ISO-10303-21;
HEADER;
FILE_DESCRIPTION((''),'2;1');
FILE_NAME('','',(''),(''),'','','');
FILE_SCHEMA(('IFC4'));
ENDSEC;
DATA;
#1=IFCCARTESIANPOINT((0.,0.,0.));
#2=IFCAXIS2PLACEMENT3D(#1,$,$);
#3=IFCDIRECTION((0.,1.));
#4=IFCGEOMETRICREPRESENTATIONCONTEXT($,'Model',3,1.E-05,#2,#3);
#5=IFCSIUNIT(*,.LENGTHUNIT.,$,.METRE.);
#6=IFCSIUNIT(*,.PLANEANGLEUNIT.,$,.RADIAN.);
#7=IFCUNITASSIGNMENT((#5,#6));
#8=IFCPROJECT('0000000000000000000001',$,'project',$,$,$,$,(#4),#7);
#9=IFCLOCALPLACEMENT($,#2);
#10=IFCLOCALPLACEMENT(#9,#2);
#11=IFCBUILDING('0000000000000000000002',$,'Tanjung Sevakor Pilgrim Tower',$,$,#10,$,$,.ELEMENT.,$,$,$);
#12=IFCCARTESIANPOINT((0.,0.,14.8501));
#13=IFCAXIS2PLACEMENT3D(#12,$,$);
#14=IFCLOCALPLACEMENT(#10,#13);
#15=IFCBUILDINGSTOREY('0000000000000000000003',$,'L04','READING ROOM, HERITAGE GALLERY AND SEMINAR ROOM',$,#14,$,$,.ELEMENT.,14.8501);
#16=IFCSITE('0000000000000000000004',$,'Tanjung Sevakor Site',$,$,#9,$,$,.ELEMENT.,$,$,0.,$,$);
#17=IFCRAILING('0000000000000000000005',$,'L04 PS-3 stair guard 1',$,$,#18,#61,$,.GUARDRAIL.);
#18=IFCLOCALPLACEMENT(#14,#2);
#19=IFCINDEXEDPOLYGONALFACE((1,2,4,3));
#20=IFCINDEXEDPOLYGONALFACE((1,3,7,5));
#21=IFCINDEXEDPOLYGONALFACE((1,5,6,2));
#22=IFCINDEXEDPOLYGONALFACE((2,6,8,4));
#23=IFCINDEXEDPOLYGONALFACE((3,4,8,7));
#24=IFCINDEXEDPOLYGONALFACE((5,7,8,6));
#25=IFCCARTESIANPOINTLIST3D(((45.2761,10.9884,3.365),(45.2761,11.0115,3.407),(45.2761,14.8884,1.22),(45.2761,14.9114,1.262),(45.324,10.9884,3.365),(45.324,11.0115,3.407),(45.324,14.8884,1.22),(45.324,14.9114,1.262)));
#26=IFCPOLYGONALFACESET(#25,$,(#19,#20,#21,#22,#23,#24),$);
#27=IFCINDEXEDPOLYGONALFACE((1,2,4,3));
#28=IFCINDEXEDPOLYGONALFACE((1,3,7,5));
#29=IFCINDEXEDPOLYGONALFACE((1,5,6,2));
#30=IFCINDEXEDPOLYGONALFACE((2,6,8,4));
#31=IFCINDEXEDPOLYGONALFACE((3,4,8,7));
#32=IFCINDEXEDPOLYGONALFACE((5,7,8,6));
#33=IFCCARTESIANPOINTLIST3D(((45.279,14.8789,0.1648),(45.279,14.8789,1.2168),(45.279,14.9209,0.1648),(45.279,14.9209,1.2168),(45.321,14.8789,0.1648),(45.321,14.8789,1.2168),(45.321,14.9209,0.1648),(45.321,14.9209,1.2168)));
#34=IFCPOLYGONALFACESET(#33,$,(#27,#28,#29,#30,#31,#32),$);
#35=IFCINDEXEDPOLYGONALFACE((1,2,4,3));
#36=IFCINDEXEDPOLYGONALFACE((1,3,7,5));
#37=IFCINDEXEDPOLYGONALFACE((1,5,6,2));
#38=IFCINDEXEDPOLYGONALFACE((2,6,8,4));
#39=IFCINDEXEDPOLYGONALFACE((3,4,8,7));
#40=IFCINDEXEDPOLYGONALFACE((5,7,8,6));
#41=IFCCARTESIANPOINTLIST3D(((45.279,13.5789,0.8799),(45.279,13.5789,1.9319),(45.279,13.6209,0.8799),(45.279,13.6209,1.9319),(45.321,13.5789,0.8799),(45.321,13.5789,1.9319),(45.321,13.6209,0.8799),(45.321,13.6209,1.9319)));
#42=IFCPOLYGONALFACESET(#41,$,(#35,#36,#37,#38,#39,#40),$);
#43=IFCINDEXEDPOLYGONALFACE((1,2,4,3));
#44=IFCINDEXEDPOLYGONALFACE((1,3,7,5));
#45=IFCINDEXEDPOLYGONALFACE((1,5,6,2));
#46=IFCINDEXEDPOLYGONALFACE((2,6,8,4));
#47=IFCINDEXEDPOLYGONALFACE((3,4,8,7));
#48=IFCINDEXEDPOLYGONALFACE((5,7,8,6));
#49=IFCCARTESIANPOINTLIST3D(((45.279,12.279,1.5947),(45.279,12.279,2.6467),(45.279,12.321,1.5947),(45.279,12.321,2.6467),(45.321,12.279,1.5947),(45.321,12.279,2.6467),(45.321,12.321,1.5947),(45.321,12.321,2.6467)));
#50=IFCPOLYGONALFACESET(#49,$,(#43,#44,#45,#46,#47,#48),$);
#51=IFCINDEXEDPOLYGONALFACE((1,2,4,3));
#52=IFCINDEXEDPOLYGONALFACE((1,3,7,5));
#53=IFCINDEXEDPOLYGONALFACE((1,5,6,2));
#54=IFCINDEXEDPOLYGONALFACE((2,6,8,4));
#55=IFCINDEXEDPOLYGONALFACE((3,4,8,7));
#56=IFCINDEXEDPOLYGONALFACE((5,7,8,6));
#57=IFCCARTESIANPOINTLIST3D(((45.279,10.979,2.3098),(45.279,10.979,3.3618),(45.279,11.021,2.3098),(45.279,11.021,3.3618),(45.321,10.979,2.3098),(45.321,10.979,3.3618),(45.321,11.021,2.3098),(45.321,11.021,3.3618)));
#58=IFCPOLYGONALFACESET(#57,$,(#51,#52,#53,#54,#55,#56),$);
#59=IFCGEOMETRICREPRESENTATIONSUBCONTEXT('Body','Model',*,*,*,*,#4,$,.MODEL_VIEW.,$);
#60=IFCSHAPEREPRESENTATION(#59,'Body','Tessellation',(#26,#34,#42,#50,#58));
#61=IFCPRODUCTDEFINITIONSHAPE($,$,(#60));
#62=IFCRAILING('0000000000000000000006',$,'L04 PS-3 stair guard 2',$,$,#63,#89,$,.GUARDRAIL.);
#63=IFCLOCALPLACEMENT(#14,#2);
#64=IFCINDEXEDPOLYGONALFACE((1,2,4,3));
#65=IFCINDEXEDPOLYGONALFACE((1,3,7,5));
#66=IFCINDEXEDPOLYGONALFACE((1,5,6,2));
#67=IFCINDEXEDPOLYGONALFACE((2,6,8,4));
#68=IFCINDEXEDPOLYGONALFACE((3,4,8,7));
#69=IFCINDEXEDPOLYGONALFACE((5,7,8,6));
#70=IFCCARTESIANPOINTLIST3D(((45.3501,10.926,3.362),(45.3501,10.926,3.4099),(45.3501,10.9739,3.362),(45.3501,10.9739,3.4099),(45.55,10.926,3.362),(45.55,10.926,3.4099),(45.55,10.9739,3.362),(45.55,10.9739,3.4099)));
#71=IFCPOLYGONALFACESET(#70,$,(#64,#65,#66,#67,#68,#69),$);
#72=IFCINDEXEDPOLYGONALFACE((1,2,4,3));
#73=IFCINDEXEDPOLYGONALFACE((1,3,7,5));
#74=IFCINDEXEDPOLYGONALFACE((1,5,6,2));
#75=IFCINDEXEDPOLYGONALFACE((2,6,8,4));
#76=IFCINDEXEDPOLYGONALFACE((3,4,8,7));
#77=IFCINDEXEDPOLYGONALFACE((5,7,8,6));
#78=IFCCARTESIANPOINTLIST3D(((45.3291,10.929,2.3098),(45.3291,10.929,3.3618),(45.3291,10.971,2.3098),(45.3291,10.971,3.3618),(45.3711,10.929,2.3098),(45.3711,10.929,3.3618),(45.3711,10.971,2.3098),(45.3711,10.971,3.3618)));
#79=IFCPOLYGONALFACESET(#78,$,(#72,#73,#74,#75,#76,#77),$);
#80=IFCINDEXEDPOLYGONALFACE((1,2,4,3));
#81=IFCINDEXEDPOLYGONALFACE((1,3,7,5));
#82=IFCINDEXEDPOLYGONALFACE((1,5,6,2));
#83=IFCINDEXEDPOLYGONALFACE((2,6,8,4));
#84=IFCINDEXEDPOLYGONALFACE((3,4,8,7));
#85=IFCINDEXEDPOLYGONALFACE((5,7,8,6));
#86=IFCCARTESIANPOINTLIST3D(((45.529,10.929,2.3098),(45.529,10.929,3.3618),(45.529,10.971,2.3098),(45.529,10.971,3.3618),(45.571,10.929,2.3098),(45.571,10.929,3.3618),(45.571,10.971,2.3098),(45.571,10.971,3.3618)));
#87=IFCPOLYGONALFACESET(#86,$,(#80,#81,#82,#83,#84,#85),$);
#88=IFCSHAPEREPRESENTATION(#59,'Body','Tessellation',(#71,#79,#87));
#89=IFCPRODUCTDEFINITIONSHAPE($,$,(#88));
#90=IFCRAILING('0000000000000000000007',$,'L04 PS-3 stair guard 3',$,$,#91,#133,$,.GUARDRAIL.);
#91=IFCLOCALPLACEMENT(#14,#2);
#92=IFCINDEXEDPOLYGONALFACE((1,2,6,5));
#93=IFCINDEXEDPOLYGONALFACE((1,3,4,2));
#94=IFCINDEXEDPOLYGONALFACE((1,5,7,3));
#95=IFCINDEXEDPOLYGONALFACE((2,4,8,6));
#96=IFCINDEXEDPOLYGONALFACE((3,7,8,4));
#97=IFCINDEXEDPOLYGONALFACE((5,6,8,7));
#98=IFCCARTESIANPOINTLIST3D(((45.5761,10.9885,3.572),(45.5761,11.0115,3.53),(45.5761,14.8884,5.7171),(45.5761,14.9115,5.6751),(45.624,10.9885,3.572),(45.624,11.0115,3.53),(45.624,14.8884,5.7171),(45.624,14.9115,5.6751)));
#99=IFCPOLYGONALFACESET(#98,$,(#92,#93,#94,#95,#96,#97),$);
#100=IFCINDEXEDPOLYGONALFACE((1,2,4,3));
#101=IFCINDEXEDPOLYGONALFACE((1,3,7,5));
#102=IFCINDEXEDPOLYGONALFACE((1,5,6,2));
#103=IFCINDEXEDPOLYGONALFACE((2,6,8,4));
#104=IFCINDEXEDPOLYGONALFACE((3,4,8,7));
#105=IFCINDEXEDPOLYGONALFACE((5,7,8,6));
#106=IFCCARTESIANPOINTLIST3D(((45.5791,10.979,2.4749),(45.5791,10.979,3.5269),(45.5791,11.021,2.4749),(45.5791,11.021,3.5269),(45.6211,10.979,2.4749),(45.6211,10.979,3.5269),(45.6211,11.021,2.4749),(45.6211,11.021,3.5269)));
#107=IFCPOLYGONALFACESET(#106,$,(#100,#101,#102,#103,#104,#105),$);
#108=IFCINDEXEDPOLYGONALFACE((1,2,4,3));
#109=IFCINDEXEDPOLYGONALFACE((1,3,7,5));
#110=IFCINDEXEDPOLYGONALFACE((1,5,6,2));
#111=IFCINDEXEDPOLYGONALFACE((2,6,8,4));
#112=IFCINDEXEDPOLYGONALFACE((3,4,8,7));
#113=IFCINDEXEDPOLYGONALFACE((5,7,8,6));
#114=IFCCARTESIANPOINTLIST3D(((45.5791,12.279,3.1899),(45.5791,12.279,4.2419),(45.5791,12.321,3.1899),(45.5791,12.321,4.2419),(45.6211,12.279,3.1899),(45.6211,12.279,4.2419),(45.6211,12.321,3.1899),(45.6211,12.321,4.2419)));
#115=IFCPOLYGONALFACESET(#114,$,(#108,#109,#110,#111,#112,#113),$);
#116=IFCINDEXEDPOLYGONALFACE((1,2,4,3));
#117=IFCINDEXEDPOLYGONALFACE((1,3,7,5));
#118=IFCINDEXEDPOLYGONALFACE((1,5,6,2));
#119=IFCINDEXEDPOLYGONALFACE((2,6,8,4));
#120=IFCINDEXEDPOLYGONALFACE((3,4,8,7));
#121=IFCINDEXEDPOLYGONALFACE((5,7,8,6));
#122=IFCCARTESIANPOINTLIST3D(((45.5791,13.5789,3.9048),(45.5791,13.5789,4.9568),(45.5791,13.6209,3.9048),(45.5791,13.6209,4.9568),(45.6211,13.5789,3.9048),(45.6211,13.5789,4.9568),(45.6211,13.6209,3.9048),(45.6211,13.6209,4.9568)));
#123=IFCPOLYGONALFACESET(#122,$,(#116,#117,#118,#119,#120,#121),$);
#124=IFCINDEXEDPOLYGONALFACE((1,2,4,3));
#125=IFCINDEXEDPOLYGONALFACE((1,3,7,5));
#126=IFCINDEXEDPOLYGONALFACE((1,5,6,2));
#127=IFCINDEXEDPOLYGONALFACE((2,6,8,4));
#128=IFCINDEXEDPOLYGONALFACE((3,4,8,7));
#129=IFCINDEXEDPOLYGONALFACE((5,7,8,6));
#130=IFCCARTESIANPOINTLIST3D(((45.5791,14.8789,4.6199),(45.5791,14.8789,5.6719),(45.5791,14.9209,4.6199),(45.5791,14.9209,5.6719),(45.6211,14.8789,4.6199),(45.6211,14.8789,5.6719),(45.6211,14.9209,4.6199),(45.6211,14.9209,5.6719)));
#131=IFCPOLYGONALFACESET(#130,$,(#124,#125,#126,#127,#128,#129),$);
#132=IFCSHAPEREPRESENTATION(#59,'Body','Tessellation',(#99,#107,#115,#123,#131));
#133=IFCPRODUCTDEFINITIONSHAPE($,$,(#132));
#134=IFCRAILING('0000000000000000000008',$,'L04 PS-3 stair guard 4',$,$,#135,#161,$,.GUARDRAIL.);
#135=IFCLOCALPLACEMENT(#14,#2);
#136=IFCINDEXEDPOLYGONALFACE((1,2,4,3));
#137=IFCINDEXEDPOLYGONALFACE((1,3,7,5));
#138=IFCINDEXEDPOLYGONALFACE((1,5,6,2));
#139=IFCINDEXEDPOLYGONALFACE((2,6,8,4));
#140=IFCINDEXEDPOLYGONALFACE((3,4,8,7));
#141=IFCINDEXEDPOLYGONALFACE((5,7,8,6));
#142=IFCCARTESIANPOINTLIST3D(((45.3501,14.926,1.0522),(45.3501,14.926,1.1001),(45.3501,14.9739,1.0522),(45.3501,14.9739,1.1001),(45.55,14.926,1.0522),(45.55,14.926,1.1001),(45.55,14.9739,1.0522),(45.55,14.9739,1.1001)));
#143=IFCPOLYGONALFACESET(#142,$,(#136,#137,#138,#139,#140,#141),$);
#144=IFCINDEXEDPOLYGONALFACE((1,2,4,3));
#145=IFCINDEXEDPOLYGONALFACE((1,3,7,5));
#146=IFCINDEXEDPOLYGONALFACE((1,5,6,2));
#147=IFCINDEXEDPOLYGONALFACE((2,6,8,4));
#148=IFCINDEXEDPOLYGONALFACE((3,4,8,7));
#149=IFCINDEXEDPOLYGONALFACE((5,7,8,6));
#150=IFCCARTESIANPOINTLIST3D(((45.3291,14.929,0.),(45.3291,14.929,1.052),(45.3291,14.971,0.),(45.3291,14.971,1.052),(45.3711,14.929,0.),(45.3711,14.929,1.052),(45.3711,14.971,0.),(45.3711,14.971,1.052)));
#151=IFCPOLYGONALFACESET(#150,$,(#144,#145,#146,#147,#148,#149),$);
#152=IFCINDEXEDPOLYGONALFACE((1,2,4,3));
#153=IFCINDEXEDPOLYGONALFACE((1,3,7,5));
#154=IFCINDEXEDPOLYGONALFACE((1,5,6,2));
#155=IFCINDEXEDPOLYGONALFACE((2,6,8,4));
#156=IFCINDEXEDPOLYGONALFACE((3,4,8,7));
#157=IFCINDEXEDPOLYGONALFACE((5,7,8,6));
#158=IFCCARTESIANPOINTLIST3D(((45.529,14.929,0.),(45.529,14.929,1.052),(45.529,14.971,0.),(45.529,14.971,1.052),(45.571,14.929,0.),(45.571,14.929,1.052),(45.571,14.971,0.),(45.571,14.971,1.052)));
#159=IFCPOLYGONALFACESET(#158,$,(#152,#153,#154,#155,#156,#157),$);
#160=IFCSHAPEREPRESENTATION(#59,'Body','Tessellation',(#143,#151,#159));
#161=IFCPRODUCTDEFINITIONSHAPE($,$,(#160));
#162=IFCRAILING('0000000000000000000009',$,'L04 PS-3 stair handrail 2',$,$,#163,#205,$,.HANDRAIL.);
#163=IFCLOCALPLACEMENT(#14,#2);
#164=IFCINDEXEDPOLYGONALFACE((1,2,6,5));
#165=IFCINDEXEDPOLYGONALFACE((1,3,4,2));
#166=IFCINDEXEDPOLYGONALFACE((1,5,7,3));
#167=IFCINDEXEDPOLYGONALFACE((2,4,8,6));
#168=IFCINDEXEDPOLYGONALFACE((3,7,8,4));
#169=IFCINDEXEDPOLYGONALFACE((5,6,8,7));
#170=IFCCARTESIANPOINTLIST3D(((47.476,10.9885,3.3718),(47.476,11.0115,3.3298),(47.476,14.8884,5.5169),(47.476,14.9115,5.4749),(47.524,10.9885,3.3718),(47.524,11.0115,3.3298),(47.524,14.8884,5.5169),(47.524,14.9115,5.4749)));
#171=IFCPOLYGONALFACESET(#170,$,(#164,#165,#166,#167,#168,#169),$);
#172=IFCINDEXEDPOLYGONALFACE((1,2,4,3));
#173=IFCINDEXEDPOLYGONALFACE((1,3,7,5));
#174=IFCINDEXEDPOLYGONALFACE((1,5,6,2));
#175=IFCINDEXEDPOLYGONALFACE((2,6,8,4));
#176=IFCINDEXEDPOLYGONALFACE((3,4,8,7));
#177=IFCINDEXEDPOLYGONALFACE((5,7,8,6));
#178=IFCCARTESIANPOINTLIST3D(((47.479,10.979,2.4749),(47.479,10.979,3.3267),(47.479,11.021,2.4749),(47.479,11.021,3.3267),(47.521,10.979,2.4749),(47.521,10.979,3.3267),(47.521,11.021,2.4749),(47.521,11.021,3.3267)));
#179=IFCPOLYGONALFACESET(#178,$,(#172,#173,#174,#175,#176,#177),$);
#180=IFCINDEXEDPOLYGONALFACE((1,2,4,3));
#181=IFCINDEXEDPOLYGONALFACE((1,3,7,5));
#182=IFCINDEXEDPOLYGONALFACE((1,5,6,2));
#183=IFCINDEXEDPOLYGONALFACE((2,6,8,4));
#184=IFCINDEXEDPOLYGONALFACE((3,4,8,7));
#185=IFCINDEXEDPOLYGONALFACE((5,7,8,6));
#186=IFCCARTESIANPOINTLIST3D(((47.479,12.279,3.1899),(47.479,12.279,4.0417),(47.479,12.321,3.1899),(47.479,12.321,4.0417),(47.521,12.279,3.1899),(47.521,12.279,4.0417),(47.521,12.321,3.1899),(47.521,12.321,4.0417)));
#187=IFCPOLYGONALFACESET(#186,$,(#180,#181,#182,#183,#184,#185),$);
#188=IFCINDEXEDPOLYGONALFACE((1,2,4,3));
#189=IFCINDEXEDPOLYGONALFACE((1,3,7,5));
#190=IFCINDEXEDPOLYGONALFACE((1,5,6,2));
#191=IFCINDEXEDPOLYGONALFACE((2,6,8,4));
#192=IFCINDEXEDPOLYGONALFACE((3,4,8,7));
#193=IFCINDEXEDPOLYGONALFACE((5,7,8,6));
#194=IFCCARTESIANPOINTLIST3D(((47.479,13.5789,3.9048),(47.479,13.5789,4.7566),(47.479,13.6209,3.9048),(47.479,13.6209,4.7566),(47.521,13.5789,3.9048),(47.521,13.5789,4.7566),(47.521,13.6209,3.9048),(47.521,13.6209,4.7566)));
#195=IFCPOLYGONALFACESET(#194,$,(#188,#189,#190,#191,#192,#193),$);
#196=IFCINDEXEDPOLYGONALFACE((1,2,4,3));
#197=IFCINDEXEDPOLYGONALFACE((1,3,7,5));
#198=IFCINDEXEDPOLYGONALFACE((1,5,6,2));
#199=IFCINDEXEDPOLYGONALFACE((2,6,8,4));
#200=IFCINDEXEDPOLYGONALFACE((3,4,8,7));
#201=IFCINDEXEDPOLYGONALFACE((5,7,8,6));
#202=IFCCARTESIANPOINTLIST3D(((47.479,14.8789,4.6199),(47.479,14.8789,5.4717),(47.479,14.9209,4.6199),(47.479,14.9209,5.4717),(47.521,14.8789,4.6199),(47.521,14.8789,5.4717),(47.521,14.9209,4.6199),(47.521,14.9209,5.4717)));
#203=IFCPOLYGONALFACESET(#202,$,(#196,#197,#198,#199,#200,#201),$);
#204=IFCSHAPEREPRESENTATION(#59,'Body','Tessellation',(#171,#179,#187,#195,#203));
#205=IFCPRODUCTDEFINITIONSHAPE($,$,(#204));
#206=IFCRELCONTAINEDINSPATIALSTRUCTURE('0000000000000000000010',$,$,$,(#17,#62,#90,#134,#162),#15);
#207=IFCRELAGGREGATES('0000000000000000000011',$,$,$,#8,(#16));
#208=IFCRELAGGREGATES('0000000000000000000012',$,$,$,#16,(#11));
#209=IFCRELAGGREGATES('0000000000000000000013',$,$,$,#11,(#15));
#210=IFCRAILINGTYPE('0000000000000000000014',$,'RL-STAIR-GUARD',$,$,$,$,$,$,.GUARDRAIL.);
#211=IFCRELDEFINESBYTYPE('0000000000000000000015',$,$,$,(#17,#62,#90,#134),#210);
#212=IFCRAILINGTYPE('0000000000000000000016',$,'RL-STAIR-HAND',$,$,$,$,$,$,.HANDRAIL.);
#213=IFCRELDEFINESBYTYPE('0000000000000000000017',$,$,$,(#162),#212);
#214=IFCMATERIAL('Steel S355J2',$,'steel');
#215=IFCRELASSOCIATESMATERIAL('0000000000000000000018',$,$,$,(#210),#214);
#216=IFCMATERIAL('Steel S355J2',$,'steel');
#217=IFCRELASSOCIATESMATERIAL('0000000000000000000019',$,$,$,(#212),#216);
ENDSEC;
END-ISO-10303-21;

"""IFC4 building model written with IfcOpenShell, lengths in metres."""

from ifc_helpers import new_model, si_unit, direction, frame, origin, place, context, subcontext, project, spatial, rectangle, extrude, material, type_object, element, save


model = new_model("IFC4")

# Units and contexts
model_context = context("Model", 3, precision=1e-05, world=origin(), true_north=direction((0.0, 1.0)))
body_context = subcontext(model_context, "Body", "Model", "MODEL_VIEW")
ifc_project = project(units=[si_unit("LENGTHUNIT", "METRE"), si_unit("PLANEANGLEUNIT", "RADIAN")], contexts=[model_context])

# Site, building, storey
site_placement = place(None, origin())
site = spatial("IfcSite", under=ifc_project, at=site_placement, Name="Tanjung Sevakor Site", CompositionType="ELEMENT", RefElevation=0.0)
building_placement = place(site_placement, origin())
building = spatial("IfcBuilding", under=site, at=building_placement, Name="Tanjung Sevakor Pilgrim Tower", CompositionType="ELEMENT")
storey_placement = place(building_placement, frame((0.0, 0.0, 14.8501)))
storey = spatial("IfcBuildingStorey", under=building, at=storey_placement, Name="L04", Description="READING ROOM, HERITAGE GALLERY AND SEMINAR ROOM", CompositionType="ELEMENT", Elevation=14.8501)

# Railings
ifc_material_1 = material(Name="Steel S355J2", Category="steel")
railing_type_1 = type_object("IfcRailingType", Name="RL-STAIR-GUARD", PredefinedType="GUARDRAIL", material=ifc_material_1)
railing_1_placement = place(storey_placement, frame((45.3, 14.8999, 0.1648)))
element("IfcRailing", 1, at=railing_1_placement, inside=storey, type_object=railing_type_1, Name="L04 PS-3 stair guard 1", PredefinedType="GUARDRAIL", context=body_context, shape_type="SweptSolid", body=[
    extrude(rectangle(XDim=0.0479, YDim=0.0479), frame((0.0, 0.0, 1.0762), z_axis=(0.0, -0.876209, 0.481931), x_axis=(1.0, 0.0, 0.0)), (0.0, 0.0, 1.0), 4.4509),
    extrude(rectangle(XDim=0.042, YDim=0.042), origin(), (0.0, 0.0, 1.0), 1.052),
    extrude(rectangle(XDim=0.042, YDim=0.042), frame((0.0, -1.3, 0.7151)), (0.0, 0.0, 1.0), 1.052),
    extrude(rectangle(XDim=0.042, YDim=0.042), frame((0.0, -2.5999, 1.4299)), (0.0, 0.0, 1.0), 1.052),
    extrude(rectangle(XDim=0.042, YDim=0.042), frame((0.0, -3.8999, 2.145)), (0.0, 0.0, 1.0), 1.052),
])
railing_2_placement = place(storey_placement, frame((45.3501, 10.95, 2.3098)))
element("IfcRailing", 2, at=railing_2_placement, inside=storey, type_object=railing_type_1, Name="L04 PS-3 stair guard 2", PredefinedType="GUARDRAIL", context=body_context, shape_type="SweptSolid", body=[
    extrude(rectangle(XDim=0.0479, YDim=0.0479), frame((0.0, 0.0, 1.0762), z_axis=(1.0, 0.0, 0.0), x_axis=(0.0, 1.0, 0.0)), (0.0, 0.0, 1.0), 0.2),
    extrude(rectangle(XDim=0.042, YDim=0.042), origin(), (0.0, 0.0, 1.0), 1.052),
    extrude(rectangle(XDim=0.042, YDim=0.042), frame((0.2, 0.0, 0.0)), (0.0, 0.0, 1.0), 1.052),
])
railing_3_placement = place(storey_placement, frame((45.6001, 11.0, 2.4749)))
element("IfcRailing", 3, at=railing_3_placement, inside=storey, type_object=railing_type_1, Name="L04 PS-3 stair guard 3", PredefinedType="GUARDRAIL", context=body_context, shape_type="SweptSolid", body=[
    extrude(rectangle(XDim=0.0479, YDim=0.0479), frame((0.0, 0.0, 1.0762), z_axis=(0.0, 0.876209, 0.481931), x_axis=(-1.0, 0.0, 0.0)), (0.0, 0.0, 1.0), 4.4509),
    extrude(rectangle(XDim=0.042, YDim=0.042), origin(), (0.0, 0.0, 1.0), 1.052),
    extrude(rectangle(XDim=0.042, YDim=0.042), frame((0.0, 1.3, 0.7151)), (0.0, 0.0, 1.0), 1.052),
    extrude(rectangle(XDim=0.042, YDim=0.042), frame((0.0, 2.5999, 1.4299)), (0.0, 0.0, 1.0), 1.052),
    extrude(rectangle(XDim=0.042, YDim=0.042), frame((0.0, 3.8999, 2.145)), (0.0, 0.0, 1.0), 1.052),
])
railing_4_placement = place(storey_placement, frame((45.3501, 14.95, 0.0)))
element("IfcRailing", 4, at=railing_4_placement, inside=storey, type_object=railing_type_1, Name="L04 PS-3 stair guard 4", PredefinedType="GUARDRAIL", context=body_context, shape_type="SweptSolid", body=[
    extrude(rectangle(XDim=0.0479, YDim=0.0479), frame((0.0, 0.0, 1.0762), z_axis=(1.0, 0.0, 0.0), x_axis=(0.0, 1.0, 0.0)), (0.0, 0.0, 1.0), 0.2),
    extrude(rectangle(XDim=0.042, YDim=0.042), origin(), (0.0, 0.0, 1.0), 1.052),
    extrude(rectangle(XDim=0.042, YDim=0.042), frame((0.2, 0.0, 0.0)), (0.0, 0.0, 1.0), 1.052),
])
ifc_material_2 = material(Name="Steel S355J2", Category="steel")
railing_type_2 = type_object("IfcRailingType", Name="RL-STAIR-HAND", PredefinedType="HANDRAIL", material=ifc_material_2)
railing_5_placement = place(storey_placement, frame((47.5, 11.0, 2.4749)))
element("IfcRailing", 5, at=railing_5_placement, inside=storey, type_object=railing_type_2, Name="L04 PS-3 stair handrail 2", PredefinedType="HANDRAIL", context=body_context, shape_type="SweptSolid", body=[
    extrude(rectangle(XDim=0.0479, YDim=0.0479), frame((0.0, 0.0, 0.876), z_axis=(0.0, 0.876209, 0.481931), x_axis=(-1.0, 0.0, 0.0)), (0.0, 0.0, 1.0), 4.4509),
    extrude(rectangle(XDim=0.042, YDim=0.042), origin(), (0.0, 0.0, 1.0), 0.8518),
    extrude(rectangle(XDim=0.042, YDim=0.042), frame((0.0, 1.3, 0.7151)), (0.0, 0.0, 1.0), 0.8518),
    extrude(rectangle(XDim=0.042, YDim=0.042), frame((0.0, 2.5999, 1.4299)), (0.0, 0.0, 1.0), 0.8518),
    extrude(rectangle(XDim=0.042, YDim=0.042), frame((0.0, 3.8999, 2.145)), (0.0, 0.0, 1.0), 0.8518),
])

save(model, "model.ifc")
